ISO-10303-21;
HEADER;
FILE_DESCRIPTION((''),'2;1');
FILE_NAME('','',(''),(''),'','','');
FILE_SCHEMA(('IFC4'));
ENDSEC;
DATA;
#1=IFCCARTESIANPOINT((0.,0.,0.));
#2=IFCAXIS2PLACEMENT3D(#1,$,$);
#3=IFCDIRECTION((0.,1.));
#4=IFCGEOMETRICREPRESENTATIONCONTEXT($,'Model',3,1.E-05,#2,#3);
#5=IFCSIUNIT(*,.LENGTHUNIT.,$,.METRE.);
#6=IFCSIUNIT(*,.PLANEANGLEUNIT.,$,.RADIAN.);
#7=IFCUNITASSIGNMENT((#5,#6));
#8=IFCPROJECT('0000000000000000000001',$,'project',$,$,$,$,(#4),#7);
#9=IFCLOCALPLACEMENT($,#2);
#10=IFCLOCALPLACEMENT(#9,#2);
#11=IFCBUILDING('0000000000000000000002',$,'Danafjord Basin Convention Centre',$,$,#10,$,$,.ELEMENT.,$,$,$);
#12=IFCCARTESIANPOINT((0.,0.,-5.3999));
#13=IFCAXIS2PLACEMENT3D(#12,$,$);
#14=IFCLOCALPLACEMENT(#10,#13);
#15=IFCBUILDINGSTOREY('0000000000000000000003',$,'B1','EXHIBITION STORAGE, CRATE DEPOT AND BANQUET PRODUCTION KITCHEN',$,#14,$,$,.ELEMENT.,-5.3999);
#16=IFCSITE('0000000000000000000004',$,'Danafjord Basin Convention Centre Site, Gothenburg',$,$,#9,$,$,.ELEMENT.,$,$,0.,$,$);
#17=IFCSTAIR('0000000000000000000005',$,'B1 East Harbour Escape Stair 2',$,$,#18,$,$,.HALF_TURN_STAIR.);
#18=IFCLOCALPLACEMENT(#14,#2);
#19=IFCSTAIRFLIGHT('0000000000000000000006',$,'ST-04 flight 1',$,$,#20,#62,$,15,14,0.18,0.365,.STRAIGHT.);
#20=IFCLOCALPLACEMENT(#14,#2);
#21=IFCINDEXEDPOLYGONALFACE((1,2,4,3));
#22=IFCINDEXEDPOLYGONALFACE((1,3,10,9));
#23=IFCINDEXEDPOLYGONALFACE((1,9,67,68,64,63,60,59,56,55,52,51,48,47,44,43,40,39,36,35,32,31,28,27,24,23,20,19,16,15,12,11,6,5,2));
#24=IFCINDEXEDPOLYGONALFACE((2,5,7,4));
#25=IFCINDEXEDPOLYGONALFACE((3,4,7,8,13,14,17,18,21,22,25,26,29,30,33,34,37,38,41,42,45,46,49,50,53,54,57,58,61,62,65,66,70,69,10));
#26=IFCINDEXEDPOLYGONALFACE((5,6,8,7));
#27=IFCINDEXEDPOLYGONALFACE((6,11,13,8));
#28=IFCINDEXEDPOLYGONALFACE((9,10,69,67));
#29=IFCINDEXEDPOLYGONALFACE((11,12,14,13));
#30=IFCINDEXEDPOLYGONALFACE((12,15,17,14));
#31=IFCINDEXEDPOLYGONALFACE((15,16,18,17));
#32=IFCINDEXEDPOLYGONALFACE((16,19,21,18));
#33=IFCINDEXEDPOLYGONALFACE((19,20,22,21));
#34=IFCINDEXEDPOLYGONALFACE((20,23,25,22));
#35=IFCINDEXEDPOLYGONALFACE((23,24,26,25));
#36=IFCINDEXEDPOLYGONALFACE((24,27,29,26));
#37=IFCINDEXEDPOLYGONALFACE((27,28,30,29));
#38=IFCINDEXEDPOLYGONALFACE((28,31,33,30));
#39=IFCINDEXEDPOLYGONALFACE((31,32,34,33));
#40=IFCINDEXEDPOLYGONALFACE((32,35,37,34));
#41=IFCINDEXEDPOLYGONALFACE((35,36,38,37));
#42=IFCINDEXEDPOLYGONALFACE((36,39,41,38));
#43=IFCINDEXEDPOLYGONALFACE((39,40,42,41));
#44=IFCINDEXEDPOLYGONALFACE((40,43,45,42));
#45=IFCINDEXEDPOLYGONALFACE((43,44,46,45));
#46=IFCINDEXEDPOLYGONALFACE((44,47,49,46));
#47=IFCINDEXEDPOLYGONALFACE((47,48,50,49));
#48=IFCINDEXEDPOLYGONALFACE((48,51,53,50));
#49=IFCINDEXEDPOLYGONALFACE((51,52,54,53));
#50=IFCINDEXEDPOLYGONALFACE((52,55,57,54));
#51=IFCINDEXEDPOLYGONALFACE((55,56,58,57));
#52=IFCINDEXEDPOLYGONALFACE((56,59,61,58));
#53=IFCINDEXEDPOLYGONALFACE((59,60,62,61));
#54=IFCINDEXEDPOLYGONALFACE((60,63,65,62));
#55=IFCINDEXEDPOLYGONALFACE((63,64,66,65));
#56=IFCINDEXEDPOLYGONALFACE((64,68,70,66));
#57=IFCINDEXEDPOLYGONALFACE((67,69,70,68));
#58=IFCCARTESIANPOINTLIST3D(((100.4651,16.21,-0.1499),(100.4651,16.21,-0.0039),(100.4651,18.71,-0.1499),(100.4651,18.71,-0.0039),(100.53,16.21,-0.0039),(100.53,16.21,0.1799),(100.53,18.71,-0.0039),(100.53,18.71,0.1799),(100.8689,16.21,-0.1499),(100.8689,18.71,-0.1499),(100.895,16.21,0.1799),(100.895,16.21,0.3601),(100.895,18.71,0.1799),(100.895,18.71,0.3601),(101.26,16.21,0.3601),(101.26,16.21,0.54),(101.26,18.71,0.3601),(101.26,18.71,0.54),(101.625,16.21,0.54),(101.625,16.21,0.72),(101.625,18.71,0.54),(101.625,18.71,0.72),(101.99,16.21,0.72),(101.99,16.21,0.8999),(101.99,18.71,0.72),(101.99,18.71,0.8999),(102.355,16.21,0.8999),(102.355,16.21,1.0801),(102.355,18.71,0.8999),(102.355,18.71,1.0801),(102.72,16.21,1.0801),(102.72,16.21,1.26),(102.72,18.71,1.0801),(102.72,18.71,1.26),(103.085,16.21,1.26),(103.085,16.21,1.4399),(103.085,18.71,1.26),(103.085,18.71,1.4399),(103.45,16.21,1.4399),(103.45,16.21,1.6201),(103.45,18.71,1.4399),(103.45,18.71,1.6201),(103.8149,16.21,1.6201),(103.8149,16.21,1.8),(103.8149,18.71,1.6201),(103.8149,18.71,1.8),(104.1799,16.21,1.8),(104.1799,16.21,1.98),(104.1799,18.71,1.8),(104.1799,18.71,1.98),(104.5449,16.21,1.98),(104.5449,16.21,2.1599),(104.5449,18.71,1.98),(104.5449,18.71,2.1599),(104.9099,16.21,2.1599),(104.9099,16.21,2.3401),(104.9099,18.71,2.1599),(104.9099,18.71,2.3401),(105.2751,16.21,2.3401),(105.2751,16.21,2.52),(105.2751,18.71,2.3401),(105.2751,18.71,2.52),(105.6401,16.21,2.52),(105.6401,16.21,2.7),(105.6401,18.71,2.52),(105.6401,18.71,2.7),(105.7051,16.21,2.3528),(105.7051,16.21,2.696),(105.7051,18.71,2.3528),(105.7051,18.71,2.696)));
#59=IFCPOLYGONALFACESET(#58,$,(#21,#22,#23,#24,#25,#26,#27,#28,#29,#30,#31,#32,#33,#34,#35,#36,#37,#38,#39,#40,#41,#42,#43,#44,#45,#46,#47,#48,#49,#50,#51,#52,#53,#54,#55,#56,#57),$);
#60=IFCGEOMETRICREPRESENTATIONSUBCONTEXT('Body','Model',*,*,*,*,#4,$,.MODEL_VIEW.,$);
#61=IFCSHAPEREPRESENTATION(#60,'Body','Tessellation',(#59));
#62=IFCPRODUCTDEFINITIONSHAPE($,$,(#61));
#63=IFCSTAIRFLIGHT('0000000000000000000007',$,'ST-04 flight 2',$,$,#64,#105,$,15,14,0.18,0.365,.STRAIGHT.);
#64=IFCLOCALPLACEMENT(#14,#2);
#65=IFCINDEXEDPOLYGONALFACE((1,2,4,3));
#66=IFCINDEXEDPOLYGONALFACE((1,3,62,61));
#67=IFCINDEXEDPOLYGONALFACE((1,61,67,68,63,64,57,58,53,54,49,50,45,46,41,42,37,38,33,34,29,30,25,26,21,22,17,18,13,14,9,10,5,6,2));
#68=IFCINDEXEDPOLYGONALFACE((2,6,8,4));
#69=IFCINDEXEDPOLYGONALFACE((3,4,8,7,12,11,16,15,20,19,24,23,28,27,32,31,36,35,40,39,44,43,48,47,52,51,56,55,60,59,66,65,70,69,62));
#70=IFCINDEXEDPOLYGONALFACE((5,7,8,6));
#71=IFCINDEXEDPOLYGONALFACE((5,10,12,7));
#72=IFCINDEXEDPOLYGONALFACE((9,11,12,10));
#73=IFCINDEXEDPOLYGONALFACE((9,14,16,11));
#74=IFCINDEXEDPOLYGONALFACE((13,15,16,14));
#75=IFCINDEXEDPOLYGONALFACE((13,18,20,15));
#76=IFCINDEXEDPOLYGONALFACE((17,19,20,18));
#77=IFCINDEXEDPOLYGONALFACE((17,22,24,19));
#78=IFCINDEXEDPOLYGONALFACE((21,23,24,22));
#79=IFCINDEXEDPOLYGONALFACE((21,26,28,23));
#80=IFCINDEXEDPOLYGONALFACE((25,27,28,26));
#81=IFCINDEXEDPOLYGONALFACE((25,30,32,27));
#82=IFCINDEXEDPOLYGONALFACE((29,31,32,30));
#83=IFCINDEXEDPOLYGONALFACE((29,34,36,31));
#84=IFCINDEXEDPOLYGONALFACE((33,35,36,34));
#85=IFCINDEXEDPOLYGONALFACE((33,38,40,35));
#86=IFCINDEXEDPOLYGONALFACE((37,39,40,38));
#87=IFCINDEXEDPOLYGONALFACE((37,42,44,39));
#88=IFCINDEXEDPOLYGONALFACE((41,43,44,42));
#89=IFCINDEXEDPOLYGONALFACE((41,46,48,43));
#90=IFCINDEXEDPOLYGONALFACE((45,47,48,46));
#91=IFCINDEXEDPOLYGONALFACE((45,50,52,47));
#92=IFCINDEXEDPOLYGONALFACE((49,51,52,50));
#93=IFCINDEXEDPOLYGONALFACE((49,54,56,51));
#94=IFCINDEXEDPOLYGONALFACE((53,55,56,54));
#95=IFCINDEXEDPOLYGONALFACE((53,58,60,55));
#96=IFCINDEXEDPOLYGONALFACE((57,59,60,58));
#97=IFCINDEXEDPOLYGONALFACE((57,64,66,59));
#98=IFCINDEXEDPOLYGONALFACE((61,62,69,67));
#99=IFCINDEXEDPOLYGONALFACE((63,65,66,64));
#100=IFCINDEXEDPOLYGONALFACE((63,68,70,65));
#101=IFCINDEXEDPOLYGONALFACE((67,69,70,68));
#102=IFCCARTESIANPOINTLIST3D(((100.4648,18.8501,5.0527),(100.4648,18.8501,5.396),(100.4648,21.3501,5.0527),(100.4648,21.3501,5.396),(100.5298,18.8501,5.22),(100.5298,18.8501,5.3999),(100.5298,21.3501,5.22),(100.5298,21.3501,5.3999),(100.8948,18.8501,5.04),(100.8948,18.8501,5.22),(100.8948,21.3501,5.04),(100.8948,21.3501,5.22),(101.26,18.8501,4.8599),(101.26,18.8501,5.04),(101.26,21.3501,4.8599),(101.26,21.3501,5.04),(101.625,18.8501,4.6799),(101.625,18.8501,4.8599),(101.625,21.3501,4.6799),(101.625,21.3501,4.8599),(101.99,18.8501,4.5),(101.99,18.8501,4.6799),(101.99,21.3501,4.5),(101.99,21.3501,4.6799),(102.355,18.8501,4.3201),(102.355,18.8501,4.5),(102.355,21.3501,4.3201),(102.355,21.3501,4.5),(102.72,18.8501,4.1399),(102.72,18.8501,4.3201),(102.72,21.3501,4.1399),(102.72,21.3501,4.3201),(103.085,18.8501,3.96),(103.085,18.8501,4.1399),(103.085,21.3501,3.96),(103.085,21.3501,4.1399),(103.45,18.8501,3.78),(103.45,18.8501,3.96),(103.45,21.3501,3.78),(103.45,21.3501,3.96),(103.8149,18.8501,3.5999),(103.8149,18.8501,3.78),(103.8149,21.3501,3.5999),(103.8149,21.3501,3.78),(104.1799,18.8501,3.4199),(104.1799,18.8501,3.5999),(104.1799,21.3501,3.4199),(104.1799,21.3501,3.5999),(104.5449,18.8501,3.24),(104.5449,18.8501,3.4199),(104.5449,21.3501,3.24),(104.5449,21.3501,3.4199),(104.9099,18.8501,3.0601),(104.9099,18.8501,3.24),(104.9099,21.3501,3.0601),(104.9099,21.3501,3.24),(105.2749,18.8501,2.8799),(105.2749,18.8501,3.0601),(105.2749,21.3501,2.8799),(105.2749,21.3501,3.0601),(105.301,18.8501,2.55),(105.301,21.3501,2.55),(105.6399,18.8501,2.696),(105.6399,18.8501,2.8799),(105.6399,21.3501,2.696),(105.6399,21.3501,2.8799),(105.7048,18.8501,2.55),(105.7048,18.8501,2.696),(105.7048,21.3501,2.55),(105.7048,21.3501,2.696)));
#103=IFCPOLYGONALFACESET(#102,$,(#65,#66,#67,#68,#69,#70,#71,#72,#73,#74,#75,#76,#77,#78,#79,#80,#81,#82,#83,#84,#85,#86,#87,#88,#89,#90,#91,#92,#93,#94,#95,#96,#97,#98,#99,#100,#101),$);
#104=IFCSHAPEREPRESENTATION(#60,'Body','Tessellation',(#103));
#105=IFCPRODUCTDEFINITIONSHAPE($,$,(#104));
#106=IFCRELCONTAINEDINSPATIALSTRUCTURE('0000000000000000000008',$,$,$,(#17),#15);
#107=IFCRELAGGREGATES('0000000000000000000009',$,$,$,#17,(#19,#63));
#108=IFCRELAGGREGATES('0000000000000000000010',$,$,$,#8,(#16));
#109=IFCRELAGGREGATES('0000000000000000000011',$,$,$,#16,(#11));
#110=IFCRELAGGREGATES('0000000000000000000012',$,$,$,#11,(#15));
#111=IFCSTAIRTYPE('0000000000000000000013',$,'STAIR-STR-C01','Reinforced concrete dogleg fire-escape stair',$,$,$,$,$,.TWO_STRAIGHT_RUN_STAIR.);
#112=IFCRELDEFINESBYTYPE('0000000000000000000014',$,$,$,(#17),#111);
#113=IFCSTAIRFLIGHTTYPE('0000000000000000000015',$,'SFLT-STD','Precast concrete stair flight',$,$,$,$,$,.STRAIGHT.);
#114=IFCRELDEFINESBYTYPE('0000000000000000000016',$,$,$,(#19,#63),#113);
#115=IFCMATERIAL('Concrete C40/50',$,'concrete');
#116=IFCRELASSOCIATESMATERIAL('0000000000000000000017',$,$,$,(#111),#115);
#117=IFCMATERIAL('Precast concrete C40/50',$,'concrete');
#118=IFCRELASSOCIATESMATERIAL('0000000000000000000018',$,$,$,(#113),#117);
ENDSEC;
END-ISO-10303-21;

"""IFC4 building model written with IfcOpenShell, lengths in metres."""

from ifc_helpers import new_model, si_unit, direction, frame, origin, place, context, subcontext, project, spatial, polyline, outline, extrude, material, type_object, element, aggregate, save


model = new_model("IFC4")

# Units and contexts
model_context = context("Model", 3, precision=1e-05, world=origin(), true_north=direction((0.0, 1.0)))
body_context = subcontext(model_context, "Body", "Model", "MODEL_VIEW")
ifc_project = project(units=[si_unit("LENGTHUNIT", "METRE"), si_unit("PLANEANGLEUNIT", "RADIAN")], contexts=[model_context])

# Site, building, storey
site_placement = place(None, origin())
site = spatial("IfcSite", under=ifc_project, at=site_placement, Name="Danafjord Basin Convention Centre Site, Gothenburg", CompositionType="ELEMENT", RefElevation=0.0)
building_placement = place(site_placement, origin())
building = spatial("IfcBuilding", under=site, at=building_placement, Name="Danafjord Basin Convention Centre", CompositionType="ELEMENT")
storey_placement = place(building_placement, frame((0.0, 0.0, -5.3999)))
storey = spatial("IfcBuildingStorey", under=building, at=storey_placement, Name="B1", Description="EXHIBITION STORAGE, CRATE DEPOT AND BANQUET PRODUCTION KITCHEN", CompositionType="ELEMENT", Elevation=-5.3999)

# Shared definitions
ifc_material_1 = material(Name="Concrete C40/50", Category="concrete")

# Stair, stair flights
stair_type = type_object("IfcStairType", Name="STAIR-STR-C01", Description="Reinforced concrete dogleg fire-escape stair", PredefinedType="TWO_STRAIGHT_RUN_STAIR", material=ifc_material_1)
stair_placement = place(storey_placement, origin())
stair = element("IfcStair", 1, at=stair_placement, inside=storey, type_object=stair_type, Name="B1 East Harbour Escape Stair 2", PredefinedType="HALF_TURN_STAIR")
ifc_material_2 = material(Name="Precast concrete C40/50", Category="concrete")
stair_flight_type = type_object("IfcStairFlightType", Name="SFLT-STD", Description="Precast concrete stair flight", PredefinedType="STRAIGHT", material=ifc_material_2)
stair_flight_1_placement = place(storey_placement, frame((100.53, 17.46, 0.0), z_axis=(0.0, 0.0, 1.0), x_axis=(1.0, 0.0, 0.0)))
stair_flight_1 = element("IfcStairFlight", 2, at=stair_flight_1_placement, type_object=stair_flight_type, Name="ST-04 flight 1", NumberOfRisers=15, NumberOfTreads=14, PredefinedType="STRAIGHT", RiserHeight=0.18, TreadLength=0.365, context=body_context, shape_type="SweptSolid", body=[
    extrude(outline(polyline([(-0.0649, -0.1499), (-0.0649, -0.0039), (0.0, -0.0039), (0.0, 0.1799), (0.365, 0.1799), (0.365, 0.3601), (0.73, 0.3601), (0.73, 0.54), (1.095, 0.54), (1.095, 0.72), (1.46, 0.72), (1.46, 0.8999), (1.825, 0.8999), (1.825, 1.0801), (2.1899, 1.0801), (2.1899, 1.26), (2.5549, 1.26), (2.5549, 1.4399), (2.9199, 1.4399), (2.9199, 1.6201), (3.2849, 1.6201), (3.2849, 1.8), (3.6499, 1.8), (3.6499, 1.98), (4.0149, 1.98), (4.0149, 2.1599), (4.3799, 2.1599), (4.3799, 2.3401), (4.7451, 2.3401), (4.7451, 2.52), (5.1101, 2.52), (5.1101, 2.7), (5.175, 2.696), (5.175, 2.3528), (0.3389, -0.1499), (-0.0649, -0.1499)])), frame((0.0, 1.25, 0.0), z_axis=(0.0, -1.0, 0.0), x_axis=(1.0, 0.0, 0.0)), (0.0, 0.0, 1.0), 2.5),
])
stair_flight_2_placement = place(storey_placement, frame((105.6399, 20.1001, 2.7), z_axis=(0.0, 0.0, 1.0), x_axis=(-1.0, 0.0, 0.0)))
stair_flight_2 = element("IfcStairFlight", 3, at=stair_flight_2_placement, type_object=stair_flight_type, Name="ST-04 flight 2", NumberOfRisers=15, NumberOfTreads=14, PredefinedType="STRAIGHT", RiserHeight=0.18, TreadLength=0.365, context=body_context, shape_type="SweptSolid", body=[
    extrude(outline(polyline([(-0.0649, -0.1499), (-0.0649, -0.0039), (0.0, -0.0039), (0.0, 0.1799), (0.365, 0.1799), (0.365, 0.3601), (0.73, 0.3601), (0.73, 0.54), (1.095, 0.54), (1.095, 0.72), (1.46, 0.72), (1.46, 0.8999), (1.825, 0.8999), (1.825, 1.0801), (2.1899, 1.0801), (2.1899, 1.26), (2.5549, 1.26), (2.5549, 1.4399), (2.9199, 1.4399), (2.9199, 1.6201), (3.2849, 1.6201), (3.2849, 1.8), (3.6499, 1.8), (3.6499, 1.98), (4.0149, 1.98), (4.0149, 2.1599), (4.3799, 2.1599), (4.3799, 2.3401), (4.7451, 2.3401), (4.7451, 2.52), (5.1101, 2.52), (5.1101, 2.7), (5.175, 2.696), (5.175, 2.3528), (0.3389, -0.1499), (-0.0649, -0.1499)])), frame((0.0, 1.25, 0.0), z_axis=(0.0, -1.0, 0.0), x_axis=(1.0, 0.0, 0.0)), (0.0, 0.0, 1.0), 2.5),
])
aggregate(stair, [stair_flight_1, stair_flight_2])

save(model, "model.ifc")
